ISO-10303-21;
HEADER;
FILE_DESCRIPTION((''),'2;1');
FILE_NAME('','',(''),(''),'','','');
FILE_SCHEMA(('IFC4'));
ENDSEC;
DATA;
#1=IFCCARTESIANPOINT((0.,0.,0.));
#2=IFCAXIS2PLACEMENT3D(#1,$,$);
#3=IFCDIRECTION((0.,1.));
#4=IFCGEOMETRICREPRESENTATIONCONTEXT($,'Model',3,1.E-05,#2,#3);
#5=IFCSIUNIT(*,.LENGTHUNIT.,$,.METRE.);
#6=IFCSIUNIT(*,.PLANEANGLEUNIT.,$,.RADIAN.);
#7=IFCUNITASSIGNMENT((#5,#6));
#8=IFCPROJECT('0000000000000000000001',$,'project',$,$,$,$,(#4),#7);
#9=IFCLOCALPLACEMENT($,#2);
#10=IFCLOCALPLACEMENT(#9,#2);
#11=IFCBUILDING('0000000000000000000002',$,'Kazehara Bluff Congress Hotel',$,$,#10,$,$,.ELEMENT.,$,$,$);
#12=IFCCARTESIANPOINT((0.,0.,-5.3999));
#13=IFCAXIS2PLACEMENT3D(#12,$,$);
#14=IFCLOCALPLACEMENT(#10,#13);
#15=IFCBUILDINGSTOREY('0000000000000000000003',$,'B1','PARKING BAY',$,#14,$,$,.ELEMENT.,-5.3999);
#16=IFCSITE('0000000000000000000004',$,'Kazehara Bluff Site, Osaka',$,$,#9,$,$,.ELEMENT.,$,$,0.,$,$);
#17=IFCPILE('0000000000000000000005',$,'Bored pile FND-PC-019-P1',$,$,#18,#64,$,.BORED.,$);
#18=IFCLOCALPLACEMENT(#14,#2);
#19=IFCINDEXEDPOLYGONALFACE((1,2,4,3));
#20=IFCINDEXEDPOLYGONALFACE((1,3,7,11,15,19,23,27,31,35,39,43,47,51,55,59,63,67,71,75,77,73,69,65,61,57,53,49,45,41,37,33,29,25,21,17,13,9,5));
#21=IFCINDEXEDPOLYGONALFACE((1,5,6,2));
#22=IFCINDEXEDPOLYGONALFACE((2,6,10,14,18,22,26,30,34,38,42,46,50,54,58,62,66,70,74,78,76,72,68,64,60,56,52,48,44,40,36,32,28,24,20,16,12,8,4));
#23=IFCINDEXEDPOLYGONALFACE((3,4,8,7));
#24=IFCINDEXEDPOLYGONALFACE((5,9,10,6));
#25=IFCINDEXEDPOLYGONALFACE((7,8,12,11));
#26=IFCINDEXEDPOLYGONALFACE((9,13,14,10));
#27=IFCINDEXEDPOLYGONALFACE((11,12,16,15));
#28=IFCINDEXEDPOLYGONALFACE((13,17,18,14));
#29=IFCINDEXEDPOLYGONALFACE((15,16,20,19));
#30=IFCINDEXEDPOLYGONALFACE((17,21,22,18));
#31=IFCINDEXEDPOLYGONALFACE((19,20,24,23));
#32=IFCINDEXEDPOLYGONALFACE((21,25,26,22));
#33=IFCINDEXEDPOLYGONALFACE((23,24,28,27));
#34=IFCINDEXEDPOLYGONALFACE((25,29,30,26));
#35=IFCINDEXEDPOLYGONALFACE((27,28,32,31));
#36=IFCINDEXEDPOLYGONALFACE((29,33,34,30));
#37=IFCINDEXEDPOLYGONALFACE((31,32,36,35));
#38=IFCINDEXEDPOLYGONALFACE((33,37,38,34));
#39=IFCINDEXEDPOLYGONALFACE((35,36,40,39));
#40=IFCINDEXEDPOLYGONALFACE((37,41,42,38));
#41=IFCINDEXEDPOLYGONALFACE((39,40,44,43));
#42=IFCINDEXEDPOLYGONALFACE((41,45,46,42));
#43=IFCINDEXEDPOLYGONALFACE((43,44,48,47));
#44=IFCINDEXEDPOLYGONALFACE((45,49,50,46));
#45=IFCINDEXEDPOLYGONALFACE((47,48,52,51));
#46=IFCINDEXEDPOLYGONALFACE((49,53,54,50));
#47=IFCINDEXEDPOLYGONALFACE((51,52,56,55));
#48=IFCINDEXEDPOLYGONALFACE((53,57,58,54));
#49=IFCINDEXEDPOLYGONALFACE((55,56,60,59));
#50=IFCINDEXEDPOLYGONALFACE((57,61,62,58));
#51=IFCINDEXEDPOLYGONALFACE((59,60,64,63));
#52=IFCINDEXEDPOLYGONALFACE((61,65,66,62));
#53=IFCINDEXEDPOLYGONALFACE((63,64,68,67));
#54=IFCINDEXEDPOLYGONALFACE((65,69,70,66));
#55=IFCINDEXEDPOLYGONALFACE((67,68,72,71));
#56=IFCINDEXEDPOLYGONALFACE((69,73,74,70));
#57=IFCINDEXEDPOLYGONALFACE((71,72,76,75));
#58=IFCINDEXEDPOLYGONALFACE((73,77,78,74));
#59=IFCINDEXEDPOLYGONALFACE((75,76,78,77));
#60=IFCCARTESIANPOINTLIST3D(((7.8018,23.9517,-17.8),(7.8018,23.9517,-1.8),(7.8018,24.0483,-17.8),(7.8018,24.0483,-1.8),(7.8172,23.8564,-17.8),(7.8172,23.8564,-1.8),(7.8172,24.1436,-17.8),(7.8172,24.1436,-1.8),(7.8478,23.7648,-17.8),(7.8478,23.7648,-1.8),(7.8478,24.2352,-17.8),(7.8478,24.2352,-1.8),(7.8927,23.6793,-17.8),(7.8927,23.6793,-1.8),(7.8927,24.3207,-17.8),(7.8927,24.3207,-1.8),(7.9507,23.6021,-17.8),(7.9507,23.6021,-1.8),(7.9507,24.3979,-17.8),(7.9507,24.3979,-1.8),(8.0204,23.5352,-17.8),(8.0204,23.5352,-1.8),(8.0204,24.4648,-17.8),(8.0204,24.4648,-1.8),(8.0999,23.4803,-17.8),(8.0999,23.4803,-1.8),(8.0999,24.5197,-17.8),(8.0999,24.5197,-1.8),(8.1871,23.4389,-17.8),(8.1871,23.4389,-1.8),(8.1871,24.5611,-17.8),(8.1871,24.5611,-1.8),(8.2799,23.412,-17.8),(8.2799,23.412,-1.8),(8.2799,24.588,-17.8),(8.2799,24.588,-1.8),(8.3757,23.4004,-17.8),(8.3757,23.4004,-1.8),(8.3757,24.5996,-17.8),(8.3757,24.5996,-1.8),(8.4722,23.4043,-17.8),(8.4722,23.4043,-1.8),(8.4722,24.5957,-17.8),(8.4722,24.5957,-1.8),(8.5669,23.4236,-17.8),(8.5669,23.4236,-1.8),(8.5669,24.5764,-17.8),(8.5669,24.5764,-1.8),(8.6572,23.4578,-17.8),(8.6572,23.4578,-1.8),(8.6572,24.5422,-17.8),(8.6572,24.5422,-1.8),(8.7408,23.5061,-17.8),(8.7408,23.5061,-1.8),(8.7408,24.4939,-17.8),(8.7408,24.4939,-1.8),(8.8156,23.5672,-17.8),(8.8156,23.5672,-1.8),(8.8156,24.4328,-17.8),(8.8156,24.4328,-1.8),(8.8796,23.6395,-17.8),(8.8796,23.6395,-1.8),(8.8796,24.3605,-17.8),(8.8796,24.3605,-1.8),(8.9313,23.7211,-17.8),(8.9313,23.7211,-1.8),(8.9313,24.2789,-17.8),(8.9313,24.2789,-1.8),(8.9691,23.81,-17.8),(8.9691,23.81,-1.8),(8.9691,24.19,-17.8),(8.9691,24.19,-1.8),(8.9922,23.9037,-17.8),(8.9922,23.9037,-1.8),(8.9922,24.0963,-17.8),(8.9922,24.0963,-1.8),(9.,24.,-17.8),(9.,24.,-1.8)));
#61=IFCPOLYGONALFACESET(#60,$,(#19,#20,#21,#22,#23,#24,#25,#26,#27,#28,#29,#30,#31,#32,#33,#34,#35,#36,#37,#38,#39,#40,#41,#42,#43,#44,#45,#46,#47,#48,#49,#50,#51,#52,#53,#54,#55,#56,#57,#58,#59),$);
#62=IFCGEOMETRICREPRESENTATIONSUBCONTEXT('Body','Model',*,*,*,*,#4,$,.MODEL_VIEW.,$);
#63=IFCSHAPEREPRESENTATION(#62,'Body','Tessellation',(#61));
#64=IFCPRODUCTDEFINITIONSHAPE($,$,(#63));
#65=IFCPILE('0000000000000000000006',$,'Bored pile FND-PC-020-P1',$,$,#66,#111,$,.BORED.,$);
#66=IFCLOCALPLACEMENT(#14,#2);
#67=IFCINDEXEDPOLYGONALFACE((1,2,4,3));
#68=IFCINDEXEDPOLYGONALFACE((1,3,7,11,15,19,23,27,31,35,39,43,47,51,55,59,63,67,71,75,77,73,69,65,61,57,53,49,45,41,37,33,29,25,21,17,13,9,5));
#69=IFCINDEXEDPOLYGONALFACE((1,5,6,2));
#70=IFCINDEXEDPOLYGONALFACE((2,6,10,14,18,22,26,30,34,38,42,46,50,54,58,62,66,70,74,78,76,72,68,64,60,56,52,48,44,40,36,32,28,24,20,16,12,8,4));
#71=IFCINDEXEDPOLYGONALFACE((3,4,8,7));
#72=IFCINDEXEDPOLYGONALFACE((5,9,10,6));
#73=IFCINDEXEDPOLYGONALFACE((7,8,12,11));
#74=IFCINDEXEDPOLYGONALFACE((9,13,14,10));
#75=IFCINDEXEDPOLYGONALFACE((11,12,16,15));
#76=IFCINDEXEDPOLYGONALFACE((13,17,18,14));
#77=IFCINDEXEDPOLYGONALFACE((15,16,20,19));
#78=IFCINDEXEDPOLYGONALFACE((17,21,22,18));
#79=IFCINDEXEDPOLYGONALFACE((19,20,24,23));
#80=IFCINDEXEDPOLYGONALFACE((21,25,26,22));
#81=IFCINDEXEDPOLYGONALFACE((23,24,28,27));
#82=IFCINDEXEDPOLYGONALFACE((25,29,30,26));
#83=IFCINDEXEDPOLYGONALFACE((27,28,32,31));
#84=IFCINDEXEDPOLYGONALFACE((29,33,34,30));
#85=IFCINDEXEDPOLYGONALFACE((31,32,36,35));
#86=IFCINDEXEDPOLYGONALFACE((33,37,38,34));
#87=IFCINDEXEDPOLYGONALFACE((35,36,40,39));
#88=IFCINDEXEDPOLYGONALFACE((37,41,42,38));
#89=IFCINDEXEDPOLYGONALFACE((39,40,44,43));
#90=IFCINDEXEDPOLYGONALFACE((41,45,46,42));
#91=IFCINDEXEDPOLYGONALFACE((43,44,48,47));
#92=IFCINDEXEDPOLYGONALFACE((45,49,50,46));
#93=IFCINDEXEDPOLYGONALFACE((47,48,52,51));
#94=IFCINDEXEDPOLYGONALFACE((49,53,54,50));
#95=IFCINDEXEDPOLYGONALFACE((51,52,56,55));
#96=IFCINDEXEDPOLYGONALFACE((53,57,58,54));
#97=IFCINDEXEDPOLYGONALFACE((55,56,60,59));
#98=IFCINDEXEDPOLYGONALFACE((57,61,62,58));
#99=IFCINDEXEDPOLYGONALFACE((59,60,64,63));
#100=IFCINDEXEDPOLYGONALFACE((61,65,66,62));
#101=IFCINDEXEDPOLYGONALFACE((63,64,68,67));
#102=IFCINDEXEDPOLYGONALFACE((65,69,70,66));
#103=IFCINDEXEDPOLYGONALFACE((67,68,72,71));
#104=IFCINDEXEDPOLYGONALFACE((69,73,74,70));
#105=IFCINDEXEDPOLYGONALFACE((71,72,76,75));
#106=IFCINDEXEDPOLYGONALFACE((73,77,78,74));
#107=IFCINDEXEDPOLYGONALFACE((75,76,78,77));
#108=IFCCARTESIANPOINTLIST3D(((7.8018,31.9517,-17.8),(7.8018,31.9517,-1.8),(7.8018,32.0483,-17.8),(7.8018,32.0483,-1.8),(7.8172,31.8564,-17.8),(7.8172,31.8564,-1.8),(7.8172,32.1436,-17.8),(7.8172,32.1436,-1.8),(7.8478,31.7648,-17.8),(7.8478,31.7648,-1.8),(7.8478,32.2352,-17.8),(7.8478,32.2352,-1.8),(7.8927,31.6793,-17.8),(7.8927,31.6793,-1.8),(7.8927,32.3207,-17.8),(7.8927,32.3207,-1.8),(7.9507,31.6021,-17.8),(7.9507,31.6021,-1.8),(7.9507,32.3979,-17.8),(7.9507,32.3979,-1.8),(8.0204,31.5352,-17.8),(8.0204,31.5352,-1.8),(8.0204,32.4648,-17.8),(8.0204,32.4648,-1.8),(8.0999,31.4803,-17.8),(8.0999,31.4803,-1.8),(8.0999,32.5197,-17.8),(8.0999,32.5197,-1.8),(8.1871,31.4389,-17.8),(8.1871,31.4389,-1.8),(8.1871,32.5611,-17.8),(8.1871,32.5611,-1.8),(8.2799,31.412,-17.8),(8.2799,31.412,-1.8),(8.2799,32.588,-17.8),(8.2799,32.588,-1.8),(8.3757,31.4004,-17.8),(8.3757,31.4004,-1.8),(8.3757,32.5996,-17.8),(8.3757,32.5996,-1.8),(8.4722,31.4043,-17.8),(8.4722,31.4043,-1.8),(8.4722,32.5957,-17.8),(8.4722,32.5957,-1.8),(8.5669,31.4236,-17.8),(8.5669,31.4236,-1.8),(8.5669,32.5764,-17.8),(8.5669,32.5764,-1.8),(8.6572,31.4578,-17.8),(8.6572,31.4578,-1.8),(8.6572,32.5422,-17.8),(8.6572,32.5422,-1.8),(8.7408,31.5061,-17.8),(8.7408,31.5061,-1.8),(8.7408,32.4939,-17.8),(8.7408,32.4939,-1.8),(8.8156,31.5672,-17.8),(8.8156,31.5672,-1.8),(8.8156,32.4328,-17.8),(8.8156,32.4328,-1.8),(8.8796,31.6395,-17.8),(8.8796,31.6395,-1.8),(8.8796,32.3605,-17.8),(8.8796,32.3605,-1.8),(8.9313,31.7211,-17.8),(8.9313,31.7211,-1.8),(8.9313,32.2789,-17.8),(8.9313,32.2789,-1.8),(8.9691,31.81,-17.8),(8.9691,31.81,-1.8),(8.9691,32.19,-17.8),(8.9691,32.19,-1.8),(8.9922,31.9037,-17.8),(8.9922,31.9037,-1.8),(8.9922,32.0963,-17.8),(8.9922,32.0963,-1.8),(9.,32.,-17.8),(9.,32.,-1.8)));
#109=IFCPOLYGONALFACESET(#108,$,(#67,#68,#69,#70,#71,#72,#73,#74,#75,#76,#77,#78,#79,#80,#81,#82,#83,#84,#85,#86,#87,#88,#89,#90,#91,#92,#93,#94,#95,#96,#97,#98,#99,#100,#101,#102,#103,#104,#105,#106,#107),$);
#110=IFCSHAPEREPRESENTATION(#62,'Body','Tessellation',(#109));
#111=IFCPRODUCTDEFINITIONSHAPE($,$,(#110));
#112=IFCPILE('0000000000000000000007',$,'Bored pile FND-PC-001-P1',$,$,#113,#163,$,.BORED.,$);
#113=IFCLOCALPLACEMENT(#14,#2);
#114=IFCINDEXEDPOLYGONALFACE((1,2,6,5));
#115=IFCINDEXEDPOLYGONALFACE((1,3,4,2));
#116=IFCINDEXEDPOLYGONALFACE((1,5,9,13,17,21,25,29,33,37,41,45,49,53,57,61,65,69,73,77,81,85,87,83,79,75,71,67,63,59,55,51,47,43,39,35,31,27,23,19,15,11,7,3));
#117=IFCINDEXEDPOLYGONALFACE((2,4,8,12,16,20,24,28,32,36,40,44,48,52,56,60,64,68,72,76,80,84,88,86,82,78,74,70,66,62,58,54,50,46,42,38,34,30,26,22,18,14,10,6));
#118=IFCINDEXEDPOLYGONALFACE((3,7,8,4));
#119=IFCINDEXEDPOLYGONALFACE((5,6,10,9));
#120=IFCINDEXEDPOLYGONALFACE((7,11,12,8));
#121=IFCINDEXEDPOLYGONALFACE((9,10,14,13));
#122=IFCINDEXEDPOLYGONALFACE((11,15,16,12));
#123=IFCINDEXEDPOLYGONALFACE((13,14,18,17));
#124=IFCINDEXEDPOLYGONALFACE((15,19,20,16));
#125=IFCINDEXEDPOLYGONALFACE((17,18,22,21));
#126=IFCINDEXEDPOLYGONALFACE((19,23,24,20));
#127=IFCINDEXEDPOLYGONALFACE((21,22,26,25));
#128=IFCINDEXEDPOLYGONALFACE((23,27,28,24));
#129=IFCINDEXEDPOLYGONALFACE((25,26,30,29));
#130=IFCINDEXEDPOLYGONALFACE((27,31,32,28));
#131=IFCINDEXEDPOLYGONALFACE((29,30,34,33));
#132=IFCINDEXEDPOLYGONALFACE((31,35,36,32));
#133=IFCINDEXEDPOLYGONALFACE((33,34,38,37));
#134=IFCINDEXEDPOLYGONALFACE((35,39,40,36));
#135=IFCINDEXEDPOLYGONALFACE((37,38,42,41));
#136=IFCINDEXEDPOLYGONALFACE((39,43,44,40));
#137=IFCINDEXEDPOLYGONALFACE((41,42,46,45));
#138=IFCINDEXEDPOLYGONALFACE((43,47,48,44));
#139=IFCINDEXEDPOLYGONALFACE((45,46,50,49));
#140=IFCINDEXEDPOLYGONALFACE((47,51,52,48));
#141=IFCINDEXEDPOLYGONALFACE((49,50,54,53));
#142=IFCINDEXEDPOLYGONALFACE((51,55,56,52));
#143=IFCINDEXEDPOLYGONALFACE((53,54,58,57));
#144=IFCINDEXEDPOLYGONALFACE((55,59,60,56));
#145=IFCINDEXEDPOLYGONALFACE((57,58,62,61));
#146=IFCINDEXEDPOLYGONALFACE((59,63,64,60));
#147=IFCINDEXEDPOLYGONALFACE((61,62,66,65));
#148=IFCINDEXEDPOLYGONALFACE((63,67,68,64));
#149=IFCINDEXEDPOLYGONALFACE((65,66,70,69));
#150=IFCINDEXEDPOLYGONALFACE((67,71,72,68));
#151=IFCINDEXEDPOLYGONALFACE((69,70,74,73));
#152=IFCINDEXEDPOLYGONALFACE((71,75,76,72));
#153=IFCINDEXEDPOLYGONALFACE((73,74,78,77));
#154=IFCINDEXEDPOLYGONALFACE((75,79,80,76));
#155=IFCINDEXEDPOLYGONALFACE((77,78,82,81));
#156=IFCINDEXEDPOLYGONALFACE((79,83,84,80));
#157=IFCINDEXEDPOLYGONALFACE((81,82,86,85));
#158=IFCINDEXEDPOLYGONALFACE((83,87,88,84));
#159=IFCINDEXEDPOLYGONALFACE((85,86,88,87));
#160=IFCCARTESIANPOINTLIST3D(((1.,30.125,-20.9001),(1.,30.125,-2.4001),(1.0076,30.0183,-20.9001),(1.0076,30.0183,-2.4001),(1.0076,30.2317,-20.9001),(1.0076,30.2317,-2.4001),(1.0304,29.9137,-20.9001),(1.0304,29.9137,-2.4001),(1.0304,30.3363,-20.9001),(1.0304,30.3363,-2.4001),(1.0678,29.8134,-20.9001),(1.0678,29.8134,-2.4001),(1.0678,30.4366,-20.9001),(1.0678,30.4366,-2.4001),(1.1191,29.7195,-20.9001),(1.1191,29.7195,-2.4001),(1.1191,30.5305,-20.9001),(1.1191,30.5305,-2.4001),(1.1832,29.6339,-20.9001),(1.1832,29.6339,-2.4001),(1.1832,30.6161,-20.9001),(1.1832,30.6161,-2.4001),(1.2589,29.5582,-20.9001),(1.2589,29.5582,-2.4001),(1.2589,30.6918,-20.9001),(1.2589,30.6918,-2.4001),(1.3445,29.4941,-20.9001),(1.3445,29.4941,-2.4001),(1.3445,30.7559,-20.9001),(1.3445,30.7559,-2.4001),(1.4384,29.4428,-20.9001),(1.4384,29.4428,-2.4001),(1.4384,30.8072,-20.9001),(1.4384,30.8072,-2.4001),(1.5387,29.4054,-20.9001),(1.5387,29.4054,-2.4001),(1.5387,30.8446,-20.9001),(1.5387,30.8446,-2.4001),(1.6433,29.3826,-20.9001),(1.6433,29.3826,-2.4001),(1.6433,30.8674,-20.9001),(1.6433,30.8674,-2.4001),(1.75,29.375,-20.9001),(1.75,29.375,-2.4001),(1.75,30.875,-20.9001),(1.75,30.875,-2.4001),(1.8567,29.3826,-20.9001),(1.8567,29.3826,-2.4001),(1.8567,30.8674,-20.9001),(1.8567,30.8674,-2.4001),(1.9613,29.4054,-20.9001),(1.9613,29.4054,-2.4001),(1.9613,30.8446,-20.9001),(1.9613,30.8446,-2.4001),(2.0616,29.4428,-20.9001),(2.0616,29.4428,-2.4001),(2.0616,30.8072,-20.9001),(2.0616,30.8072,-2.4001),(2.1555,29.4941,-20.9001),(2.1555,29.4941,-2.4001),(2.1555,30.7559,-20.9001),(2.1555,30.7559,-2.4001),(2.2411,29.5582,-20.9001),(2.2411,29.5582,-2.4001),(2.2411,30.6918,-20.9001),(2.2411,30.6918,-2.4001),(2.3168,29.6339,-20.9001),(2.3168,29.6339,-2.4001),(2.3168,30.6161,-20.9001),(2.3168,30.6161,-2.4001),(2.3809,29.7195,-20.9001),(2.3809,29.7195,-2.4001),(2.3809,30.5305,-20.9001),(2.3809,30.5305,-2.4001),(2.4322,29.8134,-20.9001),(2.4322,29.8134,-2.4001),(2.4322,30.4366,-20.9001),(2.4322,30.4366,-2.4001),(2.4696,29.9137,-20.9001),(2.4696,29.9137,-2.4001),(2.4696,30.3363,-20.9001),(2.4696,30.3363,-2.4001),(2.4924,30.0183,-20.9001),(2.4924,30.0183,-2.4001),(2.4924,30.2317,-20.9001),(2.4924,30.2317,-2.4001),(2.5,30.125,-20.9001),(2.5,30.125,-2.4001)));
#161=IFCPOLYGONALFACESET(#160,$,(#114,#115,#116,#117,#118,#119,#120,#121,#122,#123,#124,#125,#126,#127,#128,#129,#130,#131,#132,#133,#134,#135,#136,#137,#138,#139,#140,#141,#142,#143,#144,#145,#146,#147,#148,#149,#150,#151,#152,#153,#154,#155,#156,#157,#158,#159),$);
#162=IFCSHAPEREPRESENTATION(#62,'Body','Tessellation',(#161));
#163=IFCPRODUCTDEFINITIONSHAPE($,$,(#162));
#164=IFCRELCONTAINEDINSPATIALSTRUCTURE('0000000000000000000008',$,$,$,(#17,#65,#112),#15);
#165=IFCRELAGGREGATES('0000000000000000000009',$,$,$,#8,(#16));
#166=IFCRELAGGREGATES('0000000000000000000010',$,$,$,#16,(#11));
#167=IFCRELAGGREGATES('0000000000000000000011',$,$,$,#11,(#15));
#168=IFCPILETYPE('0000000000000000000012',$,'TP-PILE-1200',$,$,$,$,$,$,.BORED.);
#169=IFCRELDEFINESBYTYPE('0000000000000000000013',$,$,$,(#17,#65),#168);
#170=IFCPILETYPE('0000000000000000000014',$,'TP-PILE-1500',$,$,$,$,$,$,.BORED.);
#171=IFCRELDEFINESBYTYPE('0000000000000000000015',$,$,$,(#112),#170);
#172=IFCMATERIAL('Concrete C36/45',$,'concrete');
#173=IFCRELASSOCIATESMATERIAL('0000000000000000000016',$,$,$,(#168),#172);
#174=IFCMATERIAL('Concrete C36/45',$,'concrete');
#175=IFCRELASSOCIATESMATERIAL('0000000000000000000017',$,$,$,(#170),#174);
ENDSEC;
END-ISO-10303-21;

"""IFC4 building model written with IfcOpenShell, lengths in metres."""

from ifc_helpers import new_model, si_unit, direction, frame, origin, origin_2d, place, context, subcontext, project, spatial, circle, extrude, material, material_profile, profile_set, type_object, element, save


model = new_model("IFC4")

# Units and contexts
model_context = context("Model", 3, precision=1e-05, world=origin(), true_north=direction((0.0, 1.0)))
body_context = subcontext(model_context, "Body", "Model", "MODEL_VIEW")
ifc_project = project(units=[si_unit("LENGTHUNIT", "METRE"), si_unit("PLANEANGLEUNIT", "RADIAN")], contexts=[model_context])

# Site, building, storey
site_placement = place(None, origin())
site = spatial("IfcSite", under=ifc_project, at=site_placement, Name="Kazehara Bluff Site, Osaka", CompositionType="ELEMENT", RefElevation=0.0)
building_placement = place(site_placement, origin())
building = spatial("IfcBuilding", under=site, at=building_placement, Name="Kazehara Bluff Congress Hotel", CompositionType="ELEMENT")
storey_placement = place(building_placement, frame((0.0, 0.0, -5.3999)))
storey = spatial("IfcBuildingStorey", under=building, at=storey_placement, Name="B1", Description="PARKING BAY", CompositionType="ELEMENT", Elevation=-5.3999)

# Piles
ifc_material_1 = material(Name="Concrete C36/45", Category="concrete")
ifc_material_profile_1 = material_profile(ifc_material_1, circle(Radius=0.6001, at=origin_2d()))
ifc_profile_set_1 = profile_set([ifc_material_profile_1], Name="Concrete C36/45")
pile_type_1 = type_object("IfcPileType", Name="TP-PILE-1200", PredefinedType="BORED", material=ifc_profile_set_1)
for number, where, z_axis, x_axis, name in (
    (1, (8.3999, 24.0, -1.8), (0.0, 0.0, -1.0), (1.0, 0.0, 0.0), "Bored pile FND-PC-019-P1"),
    (2, (8.3999, 32.0, -1.8), (0.0, 0.0, -1.0), (1.0, 0.0, 0.0), "Bored pile FND-PC-020-P1"),
):
    element("IfcPile", number, at=place(storey_placement, frame(where, z_axis=z_axis, x_axis=x_axis)), inside=storey, type_object=pile_type_1, Name=name, PredefinedType="BORED", context=body_context, shape_type="SweptSolid", body=[
        extrude(circle(Radius=0.6001, at=origin_2d()), origin(), (0.0, 0.0, 1.0), 16.0),
    ])
ifc_material_2 = material(Name="Concrete C36/45", Category="concrete")
ifc_material_profile_2 = material_profile(ifc_material_2, circle(Radius=0.75, at=origin_2d()))
ifc_profile_set_2 = profile_set([ifc_material_profile_2], Name="Concrete C36/45")
pile_type_2 = type_object("IfcPileType", Name="TP-PILE-1500", PredefinedType="BORED", material=ifc_profile_set_2)
for number, where, z_axis, x_axis, name in (
    (3, (1.75, 30.125, -2.4001), (0.0, 0.0, -1.0), (1.0, 0.0, 0.0), "Bored pile FND-PC-001-P1"),
):
    element("IfcPile", number, at=place(storey_placement, frame(where, z_axis=z_axis, x_axis=x_axis)), inside=storey, type_object=pile_type_2, Name=name, PredefinedType="BORED", context=body_context, shape_type="SweptSolid", body=[
        extrude(circle(Radius=0.75, at=origin_2d()), origin(), (0.0, 0.0, 1.0), 18.5),
    ])

save(model, "model.ifc")
